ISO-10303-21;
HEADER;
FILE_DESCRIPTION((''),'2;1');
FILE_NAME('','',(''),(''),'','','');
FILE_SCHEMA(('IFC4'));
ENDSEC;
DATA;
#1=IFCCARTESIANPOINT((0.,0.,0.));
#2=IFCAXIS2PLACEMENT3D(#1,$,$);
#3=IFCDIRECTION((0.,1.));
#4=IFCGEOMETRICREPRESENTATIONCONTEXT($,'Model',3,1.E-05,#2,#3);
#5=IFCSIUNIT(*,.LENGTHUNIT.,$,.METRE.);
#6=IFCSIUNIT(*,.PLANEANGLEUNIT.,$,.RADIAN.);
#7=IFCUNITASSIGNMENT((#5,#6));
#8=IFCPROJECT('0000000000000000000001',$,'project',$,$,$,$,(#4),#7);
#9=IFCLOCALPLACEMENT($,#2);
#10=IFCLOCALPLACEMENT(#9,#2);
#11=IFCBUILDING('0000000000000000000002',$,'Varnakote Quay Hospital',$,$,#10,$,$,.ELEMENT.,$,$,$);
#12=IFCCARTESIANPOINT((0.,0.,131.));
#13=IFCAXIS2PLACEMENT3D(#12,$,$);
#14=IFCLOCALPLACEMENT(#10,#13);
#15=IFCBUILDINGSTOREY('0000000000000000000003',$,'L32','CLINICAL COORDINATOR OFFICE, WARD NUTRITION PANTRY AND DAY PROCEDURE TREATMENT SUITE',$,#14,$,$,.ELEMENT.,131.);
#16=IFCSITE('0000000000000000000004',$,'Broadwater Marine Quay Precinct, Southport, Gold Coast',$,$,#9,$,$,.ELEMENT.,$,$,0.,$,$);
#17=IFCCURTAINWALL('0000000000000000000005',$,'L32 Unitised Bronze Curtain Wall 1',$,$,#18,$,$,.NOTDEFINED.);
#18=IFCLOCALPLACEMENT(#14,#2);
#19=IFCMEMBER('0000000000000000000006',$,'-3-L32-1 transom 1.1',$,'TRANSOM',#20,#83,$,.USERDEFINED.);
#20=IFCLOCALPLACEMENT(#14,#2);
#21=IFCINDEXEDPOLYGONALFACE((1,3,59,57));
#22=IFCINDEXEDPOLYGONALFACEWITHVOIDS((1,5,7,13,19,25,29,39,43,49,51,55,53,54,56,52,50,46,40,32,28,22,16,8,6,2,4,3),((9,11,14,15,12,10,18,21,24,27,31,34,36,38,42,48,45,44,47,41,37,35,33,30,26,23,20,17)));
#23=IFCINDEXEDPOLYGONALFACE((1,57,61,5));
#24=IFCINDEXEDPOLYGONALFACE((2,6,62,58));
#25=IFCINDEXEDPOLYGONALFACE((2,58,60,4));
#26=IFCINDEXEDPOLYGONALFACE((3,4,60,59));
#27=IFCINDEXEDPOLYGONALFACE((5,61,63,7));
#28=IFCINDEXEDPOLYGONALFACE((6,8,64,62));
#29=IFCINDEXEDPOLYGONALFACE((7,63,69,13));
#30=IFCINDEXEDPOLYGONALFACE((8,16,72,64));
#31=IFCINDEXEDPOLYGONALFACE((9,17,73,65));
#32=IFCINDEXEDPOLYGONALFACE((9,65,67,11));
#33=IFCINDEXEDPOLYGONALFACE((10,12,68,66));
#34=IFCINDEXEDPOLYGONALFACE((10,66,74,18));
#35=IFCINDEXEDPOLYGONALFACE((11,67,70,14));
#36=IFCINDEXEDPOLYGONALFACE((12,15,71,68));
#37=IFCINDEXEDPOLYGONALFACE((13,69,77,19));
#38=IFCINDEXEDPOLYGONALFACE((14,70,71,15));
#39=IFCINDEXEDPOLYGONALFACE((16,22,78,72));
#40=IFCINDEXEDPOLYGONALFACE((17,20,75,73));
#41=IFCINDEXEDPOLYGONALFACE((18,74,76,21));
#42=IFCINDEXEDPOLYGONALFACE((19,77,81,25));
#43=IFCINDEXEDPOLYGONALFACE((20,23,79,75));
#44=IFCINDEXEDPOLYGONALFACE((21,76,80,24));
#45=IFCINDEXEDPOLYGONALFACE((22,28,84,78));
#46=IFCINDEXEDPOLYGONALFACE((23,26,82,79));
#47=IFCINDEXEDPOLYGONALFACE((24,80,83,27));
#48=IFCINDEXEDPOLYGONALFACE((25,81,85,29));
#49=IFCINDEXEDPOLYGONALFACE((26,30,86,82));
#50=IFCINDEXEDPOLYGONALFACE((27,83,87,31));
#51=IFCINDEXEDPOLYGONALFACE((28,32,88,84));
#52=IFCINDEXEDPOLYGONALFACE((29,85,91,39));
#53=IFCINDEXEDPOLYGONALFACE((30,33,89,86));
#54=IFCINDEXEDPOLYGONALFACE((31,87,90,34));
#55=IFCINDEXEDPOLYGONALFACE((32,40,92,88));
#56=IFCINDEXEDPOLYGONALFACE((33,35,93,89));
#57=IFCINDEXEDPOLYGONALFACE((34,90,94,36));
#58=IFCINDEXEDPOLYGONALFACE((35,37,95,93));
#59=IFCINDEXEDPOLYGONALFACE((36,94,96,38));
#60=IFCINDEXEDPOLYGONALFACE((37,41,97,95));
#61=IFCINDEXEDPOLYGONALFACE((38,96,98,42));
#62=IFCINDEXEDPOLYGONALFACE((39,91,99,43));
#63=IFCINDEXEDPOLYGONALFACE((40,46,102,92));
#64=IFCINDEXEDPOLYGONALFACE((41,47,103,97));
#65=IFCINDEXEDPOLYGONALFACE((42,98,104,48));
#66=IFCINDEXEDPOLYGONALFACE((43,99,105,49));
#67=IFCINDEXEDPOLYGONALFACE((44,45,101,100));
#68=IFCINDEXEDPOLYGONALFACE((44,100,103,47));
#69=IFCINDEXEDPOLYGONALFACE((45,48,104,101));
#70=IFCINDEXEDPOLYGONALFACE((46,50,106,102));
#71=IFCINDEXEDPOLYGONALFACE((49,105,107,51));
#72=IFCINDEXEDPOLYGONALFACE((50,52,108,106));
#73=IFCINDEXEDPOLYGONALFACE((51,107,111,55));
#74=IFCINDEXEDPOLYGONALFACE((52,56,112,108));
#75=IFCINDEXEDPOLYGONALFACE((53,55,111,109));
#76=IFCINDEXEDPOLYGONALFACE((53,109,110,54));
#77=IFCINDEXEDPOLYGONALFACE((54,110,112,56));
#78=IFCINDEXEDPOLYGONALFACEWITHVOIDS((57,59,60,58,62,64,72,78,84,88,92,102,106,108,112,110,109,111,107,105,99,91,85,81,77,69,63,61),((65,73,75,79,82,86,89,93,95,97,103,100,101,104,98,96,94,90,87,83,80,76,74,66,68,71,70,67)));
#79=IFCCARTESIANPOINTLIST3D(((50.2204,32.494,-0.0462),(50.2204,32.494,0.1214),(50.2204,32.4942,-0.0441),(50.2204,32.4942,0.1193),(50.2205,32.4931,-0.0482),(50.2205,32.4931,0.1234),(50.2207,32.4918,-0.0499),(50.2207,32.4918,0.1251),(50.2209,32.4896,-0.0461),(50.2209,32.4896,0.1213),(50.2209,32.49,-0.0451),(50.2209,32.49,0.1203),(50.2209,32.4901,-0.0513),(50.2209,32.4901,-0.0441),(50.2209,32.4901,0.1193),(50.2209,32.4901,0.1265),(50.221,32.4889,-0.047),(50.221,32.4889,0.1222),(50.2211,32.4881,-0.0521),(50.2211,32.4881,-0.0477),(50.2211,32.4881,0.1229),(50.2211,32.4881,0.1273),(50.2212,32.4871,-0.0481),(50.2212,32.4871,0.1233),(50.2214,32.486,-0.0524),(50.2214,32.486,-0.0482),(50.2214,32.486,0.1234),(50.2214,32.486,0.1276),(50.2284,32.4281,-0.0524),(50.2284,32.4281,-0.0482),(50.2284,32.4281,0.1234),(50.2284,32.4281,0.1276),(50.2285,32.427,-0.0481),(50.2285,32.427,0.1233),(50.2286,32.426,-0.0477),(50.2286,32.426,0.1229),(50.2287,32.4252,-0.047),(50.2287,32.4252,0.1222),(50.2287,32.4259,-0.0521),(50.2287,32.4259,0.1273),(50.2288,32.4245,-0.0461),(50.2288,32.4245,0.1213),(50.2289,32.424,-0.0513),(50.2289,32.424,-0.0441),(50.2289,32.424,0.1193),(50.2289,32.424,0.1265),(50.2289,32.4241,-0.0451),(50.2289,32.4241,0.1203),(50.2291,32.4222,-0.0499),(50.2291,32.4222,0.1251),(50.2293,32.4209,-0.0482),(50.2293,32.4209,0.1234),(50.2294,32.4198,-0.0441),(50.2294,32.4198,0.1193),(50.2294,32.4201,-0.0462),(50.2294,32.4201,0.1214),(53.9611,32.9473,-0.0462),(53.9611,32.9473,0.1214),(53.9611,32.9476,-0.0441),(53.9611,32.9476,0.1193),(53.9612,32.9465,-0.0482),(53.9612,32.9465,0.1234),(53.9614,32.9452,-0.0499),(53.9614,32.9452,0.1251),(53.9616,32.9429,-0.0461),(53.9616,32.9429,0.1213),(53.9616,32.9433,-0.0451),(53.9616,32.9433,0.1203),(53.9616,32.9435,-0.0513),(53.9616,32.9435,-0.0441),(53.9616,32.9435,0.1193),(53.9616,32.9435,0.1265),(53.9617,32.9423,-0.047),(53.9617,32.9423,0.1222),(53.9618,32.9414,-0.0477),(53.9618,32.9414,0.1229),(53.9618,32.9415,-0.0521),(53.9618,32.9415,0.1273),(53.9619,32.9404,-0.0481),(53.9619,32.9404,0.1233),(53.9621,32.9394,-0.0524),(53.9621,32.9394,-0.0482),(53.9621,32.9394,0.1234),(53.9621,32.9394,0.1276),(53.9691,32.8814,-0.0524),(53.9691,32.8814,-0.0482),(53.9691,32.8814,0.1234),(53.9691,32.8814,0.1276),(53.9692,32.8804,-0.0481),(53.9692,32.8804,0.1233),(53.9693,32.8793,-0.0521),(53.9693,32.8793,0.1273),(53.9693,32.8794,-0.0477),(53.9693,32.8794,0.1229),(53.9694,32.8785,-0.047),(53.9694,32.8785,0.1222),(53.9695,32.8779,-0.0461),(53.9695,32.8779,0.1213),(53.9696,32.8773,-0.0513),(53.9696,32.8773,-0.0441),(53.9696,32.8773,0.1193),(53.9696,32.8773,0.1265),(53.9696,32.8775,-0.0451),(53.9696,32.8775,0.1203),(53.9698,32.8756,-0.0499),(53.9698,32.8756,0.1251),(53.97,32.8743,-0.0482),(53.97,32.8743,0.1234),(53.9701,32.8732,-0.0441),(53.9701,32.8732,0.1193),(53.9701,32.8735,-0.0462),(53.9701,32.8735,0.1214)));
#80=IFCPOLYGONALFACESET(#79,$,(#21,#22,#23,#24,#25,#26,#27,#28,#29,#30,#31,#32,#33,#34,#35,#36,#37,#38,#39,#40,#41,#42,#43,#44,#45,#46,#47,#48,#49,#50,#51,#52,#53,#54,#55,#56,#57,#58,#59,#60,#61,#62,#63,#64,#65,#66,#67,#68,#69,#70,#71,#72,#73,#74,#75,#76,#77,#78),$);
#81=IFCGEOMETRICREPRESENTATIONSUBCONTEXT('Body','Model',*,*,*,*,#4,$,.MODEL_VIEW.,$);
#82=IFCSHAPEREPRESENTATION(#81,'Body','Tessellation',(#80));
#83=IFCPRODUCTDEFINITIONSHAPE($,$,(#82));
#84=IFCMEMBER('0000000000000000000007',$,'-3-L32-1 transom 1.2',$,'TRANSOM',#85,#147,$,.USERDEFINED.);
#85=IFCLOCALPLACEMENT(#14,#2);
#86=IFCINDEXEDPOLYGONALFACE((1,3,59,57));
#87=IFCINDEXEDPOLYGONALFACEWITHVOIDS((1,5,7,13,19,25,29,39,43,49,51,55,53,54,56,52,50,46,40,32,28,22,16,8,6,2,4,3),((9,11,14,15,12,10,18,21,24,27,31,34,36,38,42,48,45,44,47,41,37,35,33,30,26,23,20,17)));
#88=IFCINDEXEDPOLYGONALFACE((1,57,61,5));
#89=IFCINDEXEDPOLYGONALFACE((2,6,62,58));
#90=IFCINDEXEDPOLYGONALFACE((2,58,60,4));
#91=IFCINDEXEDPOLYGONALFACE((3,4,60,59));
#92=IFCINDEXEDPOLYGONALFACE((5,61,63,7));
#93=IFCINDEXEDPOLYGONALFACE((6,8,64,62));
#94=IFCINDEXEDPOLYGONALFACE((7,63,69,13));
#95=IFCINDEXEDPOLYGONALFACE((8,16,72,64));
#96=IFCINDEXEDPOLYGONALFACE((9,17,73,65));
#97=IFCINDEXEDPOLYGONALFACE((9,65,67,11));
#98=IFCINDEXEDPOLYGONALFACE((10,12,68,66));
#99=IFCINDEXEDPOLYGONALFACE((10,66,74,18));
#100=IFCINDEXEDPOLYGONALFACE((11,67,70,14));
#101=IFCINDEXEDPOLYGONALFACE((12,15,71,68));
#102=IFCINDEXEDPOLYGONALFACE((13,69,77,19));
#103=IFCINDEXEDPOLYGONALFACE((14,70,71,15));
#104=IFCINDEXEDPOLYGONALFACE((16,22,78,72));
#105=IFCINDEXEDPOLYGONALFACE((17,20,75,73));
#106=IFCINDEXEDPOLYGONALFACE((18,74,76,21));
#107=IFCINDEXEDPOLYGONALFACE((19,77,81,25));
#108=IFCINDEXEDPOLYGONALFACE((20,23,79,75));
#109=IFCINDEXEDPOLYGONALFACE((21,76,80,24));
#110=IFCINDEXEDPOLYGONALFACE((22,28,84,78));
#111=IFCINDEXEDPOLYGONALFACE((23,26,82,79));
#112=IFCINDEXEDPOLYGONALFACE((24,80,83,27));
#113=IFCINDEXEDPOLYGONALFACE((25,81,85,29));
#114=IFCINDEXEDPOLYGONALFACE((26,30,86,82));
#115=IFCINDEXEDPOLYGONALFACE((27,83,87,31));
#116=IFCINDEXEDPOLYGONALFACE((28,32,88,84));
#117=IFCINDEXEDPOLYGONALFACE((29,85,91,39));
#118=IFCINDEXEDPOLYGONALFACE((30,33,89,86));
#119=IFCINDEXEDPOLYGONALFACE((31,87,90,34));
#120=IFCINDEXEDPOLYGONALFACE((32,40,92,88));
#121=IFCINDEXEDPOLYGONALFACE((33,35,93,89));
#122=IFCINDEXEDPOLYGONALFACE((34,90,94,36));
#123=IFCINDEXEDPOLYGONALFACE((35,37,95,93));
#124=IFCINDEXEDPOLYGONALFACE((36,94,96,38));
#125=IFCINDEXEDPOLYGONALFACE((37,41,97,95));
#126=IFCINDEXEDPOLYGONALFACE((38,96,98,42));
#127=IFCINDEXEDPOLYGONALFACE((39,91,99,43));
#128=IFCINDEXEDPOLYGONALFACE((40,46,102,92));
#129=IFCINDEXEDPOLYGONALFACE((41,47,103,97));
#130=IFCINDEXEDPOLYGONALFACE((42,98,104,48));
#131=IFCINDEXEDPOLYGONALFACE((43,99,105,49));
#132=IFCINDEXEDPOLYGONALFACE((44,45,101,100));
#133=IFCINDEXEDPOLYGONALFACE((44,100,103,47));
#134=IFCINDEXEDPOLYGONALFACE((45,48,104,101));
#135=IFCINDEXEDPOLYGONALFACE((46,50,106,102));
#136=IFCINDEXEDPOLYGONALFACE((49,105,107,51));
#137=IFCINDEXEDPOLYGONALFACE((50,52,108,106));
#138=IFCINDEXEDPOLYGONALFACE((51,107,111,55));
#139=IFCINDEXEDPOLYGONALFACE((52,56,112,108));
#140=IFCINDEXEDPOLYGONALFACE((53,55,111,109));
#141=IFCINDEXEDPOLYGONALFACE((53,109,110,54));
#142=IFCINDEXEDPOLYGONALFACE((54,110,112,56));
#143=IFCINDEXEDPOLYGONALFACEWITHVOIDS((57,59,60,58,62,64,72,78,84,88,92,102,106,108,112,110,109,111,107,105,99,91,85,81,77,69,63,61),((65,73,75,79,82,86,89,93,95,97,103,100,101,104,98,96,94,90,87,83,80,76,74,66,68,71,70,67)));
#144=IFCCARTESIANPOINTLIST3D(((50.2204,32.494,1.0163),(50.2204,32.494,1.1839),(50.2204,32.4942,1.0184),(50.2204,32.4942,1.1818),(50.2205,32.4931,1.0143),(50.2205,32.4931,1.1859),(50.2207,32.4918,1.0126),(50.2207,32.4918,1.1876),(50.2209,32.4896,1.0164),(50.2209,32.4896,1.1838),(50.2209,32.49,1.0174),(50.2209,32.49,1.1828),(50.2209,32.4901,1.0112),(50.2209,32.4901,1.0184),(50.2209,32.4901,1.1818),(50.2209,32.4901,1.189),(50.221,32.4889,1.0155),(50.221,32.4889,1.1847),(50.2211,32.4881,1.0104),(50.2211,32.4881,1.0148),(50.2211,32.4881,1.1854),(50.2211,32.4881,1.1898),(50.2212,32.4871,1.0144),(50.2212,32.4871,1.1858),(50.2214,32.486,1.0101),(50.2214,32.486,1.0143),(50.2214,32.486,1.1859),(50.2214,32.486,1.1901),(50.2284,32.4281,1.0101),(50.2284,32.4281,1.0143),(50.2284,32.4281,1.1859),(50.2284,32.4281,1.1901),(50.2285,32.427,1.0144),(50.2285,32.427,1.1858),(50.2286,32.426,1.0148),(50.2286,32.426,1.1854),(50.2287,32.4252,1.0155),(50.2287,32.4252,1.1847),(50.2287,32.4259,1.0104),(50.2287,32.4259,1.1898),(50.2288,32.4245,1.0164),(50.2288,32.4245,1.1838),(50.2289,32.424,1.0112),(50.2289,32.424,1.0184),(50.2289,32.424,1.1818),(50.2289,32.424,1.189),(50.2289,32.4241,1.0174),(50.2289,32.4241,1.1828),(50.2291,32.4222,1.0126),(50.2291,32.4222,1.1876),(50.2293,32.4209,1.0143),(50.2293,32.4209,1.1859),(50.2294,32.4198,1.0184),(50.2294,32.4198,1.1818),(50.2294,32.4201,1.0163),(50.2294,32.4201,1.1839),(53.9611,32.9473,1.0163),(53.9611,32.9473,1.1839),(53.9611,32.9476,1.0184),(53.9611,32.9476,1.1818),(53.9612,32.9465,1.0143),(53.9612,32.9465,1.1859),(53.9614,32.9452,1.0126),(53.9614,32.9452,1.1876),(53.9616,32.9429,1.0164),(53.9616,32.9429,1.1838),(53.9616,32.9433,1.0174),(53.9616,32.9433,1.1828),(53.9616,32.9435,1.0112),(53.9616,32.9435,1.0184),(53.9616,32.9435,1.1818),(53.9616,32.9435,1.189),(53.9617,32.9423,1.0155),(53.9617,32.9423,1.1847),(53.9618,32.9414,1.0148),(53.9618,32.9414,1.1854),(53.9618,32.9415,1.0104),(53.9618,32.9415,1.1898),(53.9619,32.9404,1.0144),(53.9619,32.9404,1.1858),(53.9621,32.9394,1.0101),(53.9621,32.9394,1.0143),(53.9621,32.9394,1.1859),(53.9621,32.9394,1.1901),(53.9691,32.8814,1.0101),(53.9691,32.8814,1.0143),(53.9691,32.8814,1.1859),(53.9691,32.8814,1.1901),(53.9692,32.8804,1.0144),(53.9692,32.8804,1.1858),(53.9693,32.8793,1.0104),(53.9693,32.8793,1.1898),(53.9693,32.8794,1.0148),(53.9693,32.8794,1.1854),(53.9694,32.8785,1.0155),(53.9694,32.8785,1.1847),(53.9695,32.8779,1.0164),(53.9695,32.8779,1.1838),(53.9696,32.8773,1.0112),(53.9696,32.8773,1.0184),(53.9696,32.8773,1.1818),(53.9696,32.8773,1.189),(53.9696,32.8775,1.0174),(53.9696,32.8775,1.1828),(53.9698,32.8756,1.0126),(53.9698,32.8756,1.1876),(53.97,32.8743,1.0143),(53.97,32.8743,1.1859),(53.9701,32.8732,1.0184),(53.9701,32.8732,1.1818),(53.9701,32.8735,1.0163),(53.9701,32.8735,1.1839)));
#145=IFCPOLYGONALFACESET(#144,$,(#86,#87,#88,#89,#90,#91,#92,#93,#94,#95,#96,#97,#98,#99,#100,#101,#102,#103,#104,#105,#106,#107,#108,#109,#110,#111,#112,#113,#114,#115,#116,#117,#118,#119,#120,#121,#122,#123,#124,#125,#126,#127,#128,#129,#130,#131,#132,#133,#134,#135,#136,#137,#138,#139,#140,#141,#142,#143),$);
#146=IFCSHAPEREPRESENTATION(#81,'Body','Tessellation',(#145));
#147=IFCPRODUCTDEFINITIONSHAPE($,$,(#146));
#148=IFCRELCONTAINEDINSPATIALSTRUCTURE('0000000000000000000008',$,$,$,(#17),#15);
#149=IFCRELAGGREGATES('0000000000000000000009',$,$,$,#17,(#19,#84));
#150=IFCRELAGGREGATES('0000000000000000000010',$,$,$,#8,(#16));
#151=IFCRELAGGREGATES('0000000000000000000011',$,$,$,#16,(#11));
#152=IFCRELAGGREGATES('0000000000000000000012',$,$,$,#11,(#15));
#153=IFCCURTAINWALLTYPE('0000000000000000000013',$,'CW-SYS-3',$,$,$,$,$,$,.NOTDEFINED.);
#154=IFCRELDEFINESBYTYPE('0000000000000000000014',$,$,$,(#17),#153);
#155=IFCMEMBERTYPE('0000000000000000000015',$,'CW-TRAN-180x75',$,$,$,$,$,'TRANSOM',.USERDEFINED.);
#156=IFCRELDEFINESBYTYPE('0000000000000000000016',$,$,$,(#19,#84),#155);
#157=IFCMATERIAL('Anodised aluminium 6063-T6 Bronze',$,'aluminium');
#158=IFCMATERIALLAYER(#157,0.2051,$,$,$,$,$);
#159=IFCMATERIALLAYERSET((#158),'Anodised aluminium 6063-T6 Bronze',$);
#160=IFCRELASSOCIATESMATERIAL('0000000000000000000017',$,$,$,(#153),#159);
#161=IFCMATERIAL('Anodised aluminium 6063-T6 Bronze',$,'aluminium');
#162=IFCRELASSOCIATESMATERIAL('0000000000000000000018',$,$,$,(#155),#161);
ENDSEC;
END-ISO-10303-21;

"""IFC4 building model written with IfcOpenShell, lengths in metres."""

from ifc_helpers import new_model, si_unit, direction, frame, origin, origin_2d, place, context, subcontext, project, spatial, hollow_rectangle, extrude, material, layer, layer_set, material_profile, profile_set, type_object, element, aggregate, save


model = new_model("IFC4")

# Units and contexts
model_context = context("Model", 3, precision=1e-05, world=origin(), true_north=direction((0.0, 1.0)))
body_context = subcontext(model_context, "Body", "Model", "MODEL_VIEW")
ifc_project = project(units=[si_unit("LENGTHUNIT", "METRE"), si_unit("PLANEANGLEUNIT", "RADIAN")], contexts=[model_context])

# Site, building, storey
site_placement = place(None, origin())
site = spatial("IfcSite", under=ifc_project, at=site_placement, Name="Broadwater Marine Quay Precinct, Southport, Gold Coast", CompositionType="ELEMENT", RefElevation=0.0)
building_placement = place(site_placement, origin())
building = spatial("IfcBuilding", under=site, at=building_placement, Name="Varnakote Quay Hospital", CompositionType="ELEMENT")
storey_placement = place(building_placement, frame((0.0, 0.0, 131.0)))
storey = spatial("IfcBuildingStorey", under=building, at=storey_placement, Name="L32", Description="CLINICAL COORDINATOR OFFICE, WARD NUTRITION PANTRY AND DAY PROCEDURE TREATMENT SUITE", CompositionType="ELEMENT", Elevation=131.0)

# Curtain wall, members
ifc_material_1 = material(Name="Anodised aluminium 6063-T6 Bronze", Category="aluminium")
ifc_layer_1 = layer(ifc_material_1, 0.2051)
ifc_layer_set_1 = layer_set([ifc_layer_1], Name="Anodised aluminium 6063-T6 Bronze")
curtain_wall_type = type_object("IfcCurtainWallType", Name="CW-SYS-3", PredefinedType="NOTDEFINED", material=ifc_layer_set_1)
curtain_wall_placement = place(storey_placement, origin())
curtain_wall = element("IfcCurtainWall", 1, at=curtain_wall_placement, inside=storey, type_object=curtain_wall_type, Name="L32 Unitised Bronze Curtain Wall 1", PredefinedType="NOTDEFINED")
ifc_material_2 = material(Name="Anodised aluminium 6063-T6 Bronze", Category="aluminium")
ifc_material_profile_1 = material_profile(ifc_material_2, hollow_rectangle(XDim=0.075, YDim=0.1799, WallThickness=0.0042, InnerFilletRadius=0.0042, OuterFilletRadius=0.0083, at=origin_2d()), Name="CW-TRAN-180x75")
ifc_profile_set_1 = profile_set([ifc_material_profile_1], Name="Anodised aluminium 6063-T6 Bronze")
member_type_1 = type_object("IfcMemberType", Name="CW-TRAN-180x75", ElementType="TRANSOM", PredefinedType="USERDEFINED", material=ifc_profile_set_1)
member_1_placement = place(storey_placement, frame((53.9656, 32.9104, 0.0376), z_axis=(-0.992735, -0.120318, 0.0), x_axis=(0.120318, -0.992735, 0.0)))
member_1 = element("IfcMember", 2, at=member_1_placement, type_object=member_type_1, Name="-3-L32-1 transom 1.1", ObjectType="TRANSOM", PredefinedType="USERDEFINED", context=body_context, shape_type="SweptSolid", body=[
    extrude(hollow_rectangle(XDim=0.075, YDim=0.1799, WallThickness=0.0042, InnerFilletRadius=0.0042, OuterFilletRadius=0.0083, at=origin_2d()), origin(), (0.0, 0.0, 1.0), 3.7681),
])
member_2_placement = place(storey_placement, frame((53.9656, 32.9104, 1.1001), z_axis=(-0.992735, -0.120318, 0.0), x_axis=(0.120318, -0.992735, 0.0)))
member_2 = element("IfcMember", 3, at=member_2_placement, type_object=member_type_1, Name="-3-L32-1 transom 1.2", ObjectType="TRANSOM", PredefinedType="USERDEFINED", context=body_context, shape_type="SweptSolid", body=[
    extrude(hollow_rectangle(XDim=0.075, YDim=0.1799, WallThickness=0.0042, InnerFilletRadius=0.0042, OuterFilletRadius=0.0083, at=origin_2d()), origin(), (0.0, 0.0, 1.0), 3.7681),
])
aggregate(curtain_wall, [member_1, member_2])

save(model, "model.ifc")
